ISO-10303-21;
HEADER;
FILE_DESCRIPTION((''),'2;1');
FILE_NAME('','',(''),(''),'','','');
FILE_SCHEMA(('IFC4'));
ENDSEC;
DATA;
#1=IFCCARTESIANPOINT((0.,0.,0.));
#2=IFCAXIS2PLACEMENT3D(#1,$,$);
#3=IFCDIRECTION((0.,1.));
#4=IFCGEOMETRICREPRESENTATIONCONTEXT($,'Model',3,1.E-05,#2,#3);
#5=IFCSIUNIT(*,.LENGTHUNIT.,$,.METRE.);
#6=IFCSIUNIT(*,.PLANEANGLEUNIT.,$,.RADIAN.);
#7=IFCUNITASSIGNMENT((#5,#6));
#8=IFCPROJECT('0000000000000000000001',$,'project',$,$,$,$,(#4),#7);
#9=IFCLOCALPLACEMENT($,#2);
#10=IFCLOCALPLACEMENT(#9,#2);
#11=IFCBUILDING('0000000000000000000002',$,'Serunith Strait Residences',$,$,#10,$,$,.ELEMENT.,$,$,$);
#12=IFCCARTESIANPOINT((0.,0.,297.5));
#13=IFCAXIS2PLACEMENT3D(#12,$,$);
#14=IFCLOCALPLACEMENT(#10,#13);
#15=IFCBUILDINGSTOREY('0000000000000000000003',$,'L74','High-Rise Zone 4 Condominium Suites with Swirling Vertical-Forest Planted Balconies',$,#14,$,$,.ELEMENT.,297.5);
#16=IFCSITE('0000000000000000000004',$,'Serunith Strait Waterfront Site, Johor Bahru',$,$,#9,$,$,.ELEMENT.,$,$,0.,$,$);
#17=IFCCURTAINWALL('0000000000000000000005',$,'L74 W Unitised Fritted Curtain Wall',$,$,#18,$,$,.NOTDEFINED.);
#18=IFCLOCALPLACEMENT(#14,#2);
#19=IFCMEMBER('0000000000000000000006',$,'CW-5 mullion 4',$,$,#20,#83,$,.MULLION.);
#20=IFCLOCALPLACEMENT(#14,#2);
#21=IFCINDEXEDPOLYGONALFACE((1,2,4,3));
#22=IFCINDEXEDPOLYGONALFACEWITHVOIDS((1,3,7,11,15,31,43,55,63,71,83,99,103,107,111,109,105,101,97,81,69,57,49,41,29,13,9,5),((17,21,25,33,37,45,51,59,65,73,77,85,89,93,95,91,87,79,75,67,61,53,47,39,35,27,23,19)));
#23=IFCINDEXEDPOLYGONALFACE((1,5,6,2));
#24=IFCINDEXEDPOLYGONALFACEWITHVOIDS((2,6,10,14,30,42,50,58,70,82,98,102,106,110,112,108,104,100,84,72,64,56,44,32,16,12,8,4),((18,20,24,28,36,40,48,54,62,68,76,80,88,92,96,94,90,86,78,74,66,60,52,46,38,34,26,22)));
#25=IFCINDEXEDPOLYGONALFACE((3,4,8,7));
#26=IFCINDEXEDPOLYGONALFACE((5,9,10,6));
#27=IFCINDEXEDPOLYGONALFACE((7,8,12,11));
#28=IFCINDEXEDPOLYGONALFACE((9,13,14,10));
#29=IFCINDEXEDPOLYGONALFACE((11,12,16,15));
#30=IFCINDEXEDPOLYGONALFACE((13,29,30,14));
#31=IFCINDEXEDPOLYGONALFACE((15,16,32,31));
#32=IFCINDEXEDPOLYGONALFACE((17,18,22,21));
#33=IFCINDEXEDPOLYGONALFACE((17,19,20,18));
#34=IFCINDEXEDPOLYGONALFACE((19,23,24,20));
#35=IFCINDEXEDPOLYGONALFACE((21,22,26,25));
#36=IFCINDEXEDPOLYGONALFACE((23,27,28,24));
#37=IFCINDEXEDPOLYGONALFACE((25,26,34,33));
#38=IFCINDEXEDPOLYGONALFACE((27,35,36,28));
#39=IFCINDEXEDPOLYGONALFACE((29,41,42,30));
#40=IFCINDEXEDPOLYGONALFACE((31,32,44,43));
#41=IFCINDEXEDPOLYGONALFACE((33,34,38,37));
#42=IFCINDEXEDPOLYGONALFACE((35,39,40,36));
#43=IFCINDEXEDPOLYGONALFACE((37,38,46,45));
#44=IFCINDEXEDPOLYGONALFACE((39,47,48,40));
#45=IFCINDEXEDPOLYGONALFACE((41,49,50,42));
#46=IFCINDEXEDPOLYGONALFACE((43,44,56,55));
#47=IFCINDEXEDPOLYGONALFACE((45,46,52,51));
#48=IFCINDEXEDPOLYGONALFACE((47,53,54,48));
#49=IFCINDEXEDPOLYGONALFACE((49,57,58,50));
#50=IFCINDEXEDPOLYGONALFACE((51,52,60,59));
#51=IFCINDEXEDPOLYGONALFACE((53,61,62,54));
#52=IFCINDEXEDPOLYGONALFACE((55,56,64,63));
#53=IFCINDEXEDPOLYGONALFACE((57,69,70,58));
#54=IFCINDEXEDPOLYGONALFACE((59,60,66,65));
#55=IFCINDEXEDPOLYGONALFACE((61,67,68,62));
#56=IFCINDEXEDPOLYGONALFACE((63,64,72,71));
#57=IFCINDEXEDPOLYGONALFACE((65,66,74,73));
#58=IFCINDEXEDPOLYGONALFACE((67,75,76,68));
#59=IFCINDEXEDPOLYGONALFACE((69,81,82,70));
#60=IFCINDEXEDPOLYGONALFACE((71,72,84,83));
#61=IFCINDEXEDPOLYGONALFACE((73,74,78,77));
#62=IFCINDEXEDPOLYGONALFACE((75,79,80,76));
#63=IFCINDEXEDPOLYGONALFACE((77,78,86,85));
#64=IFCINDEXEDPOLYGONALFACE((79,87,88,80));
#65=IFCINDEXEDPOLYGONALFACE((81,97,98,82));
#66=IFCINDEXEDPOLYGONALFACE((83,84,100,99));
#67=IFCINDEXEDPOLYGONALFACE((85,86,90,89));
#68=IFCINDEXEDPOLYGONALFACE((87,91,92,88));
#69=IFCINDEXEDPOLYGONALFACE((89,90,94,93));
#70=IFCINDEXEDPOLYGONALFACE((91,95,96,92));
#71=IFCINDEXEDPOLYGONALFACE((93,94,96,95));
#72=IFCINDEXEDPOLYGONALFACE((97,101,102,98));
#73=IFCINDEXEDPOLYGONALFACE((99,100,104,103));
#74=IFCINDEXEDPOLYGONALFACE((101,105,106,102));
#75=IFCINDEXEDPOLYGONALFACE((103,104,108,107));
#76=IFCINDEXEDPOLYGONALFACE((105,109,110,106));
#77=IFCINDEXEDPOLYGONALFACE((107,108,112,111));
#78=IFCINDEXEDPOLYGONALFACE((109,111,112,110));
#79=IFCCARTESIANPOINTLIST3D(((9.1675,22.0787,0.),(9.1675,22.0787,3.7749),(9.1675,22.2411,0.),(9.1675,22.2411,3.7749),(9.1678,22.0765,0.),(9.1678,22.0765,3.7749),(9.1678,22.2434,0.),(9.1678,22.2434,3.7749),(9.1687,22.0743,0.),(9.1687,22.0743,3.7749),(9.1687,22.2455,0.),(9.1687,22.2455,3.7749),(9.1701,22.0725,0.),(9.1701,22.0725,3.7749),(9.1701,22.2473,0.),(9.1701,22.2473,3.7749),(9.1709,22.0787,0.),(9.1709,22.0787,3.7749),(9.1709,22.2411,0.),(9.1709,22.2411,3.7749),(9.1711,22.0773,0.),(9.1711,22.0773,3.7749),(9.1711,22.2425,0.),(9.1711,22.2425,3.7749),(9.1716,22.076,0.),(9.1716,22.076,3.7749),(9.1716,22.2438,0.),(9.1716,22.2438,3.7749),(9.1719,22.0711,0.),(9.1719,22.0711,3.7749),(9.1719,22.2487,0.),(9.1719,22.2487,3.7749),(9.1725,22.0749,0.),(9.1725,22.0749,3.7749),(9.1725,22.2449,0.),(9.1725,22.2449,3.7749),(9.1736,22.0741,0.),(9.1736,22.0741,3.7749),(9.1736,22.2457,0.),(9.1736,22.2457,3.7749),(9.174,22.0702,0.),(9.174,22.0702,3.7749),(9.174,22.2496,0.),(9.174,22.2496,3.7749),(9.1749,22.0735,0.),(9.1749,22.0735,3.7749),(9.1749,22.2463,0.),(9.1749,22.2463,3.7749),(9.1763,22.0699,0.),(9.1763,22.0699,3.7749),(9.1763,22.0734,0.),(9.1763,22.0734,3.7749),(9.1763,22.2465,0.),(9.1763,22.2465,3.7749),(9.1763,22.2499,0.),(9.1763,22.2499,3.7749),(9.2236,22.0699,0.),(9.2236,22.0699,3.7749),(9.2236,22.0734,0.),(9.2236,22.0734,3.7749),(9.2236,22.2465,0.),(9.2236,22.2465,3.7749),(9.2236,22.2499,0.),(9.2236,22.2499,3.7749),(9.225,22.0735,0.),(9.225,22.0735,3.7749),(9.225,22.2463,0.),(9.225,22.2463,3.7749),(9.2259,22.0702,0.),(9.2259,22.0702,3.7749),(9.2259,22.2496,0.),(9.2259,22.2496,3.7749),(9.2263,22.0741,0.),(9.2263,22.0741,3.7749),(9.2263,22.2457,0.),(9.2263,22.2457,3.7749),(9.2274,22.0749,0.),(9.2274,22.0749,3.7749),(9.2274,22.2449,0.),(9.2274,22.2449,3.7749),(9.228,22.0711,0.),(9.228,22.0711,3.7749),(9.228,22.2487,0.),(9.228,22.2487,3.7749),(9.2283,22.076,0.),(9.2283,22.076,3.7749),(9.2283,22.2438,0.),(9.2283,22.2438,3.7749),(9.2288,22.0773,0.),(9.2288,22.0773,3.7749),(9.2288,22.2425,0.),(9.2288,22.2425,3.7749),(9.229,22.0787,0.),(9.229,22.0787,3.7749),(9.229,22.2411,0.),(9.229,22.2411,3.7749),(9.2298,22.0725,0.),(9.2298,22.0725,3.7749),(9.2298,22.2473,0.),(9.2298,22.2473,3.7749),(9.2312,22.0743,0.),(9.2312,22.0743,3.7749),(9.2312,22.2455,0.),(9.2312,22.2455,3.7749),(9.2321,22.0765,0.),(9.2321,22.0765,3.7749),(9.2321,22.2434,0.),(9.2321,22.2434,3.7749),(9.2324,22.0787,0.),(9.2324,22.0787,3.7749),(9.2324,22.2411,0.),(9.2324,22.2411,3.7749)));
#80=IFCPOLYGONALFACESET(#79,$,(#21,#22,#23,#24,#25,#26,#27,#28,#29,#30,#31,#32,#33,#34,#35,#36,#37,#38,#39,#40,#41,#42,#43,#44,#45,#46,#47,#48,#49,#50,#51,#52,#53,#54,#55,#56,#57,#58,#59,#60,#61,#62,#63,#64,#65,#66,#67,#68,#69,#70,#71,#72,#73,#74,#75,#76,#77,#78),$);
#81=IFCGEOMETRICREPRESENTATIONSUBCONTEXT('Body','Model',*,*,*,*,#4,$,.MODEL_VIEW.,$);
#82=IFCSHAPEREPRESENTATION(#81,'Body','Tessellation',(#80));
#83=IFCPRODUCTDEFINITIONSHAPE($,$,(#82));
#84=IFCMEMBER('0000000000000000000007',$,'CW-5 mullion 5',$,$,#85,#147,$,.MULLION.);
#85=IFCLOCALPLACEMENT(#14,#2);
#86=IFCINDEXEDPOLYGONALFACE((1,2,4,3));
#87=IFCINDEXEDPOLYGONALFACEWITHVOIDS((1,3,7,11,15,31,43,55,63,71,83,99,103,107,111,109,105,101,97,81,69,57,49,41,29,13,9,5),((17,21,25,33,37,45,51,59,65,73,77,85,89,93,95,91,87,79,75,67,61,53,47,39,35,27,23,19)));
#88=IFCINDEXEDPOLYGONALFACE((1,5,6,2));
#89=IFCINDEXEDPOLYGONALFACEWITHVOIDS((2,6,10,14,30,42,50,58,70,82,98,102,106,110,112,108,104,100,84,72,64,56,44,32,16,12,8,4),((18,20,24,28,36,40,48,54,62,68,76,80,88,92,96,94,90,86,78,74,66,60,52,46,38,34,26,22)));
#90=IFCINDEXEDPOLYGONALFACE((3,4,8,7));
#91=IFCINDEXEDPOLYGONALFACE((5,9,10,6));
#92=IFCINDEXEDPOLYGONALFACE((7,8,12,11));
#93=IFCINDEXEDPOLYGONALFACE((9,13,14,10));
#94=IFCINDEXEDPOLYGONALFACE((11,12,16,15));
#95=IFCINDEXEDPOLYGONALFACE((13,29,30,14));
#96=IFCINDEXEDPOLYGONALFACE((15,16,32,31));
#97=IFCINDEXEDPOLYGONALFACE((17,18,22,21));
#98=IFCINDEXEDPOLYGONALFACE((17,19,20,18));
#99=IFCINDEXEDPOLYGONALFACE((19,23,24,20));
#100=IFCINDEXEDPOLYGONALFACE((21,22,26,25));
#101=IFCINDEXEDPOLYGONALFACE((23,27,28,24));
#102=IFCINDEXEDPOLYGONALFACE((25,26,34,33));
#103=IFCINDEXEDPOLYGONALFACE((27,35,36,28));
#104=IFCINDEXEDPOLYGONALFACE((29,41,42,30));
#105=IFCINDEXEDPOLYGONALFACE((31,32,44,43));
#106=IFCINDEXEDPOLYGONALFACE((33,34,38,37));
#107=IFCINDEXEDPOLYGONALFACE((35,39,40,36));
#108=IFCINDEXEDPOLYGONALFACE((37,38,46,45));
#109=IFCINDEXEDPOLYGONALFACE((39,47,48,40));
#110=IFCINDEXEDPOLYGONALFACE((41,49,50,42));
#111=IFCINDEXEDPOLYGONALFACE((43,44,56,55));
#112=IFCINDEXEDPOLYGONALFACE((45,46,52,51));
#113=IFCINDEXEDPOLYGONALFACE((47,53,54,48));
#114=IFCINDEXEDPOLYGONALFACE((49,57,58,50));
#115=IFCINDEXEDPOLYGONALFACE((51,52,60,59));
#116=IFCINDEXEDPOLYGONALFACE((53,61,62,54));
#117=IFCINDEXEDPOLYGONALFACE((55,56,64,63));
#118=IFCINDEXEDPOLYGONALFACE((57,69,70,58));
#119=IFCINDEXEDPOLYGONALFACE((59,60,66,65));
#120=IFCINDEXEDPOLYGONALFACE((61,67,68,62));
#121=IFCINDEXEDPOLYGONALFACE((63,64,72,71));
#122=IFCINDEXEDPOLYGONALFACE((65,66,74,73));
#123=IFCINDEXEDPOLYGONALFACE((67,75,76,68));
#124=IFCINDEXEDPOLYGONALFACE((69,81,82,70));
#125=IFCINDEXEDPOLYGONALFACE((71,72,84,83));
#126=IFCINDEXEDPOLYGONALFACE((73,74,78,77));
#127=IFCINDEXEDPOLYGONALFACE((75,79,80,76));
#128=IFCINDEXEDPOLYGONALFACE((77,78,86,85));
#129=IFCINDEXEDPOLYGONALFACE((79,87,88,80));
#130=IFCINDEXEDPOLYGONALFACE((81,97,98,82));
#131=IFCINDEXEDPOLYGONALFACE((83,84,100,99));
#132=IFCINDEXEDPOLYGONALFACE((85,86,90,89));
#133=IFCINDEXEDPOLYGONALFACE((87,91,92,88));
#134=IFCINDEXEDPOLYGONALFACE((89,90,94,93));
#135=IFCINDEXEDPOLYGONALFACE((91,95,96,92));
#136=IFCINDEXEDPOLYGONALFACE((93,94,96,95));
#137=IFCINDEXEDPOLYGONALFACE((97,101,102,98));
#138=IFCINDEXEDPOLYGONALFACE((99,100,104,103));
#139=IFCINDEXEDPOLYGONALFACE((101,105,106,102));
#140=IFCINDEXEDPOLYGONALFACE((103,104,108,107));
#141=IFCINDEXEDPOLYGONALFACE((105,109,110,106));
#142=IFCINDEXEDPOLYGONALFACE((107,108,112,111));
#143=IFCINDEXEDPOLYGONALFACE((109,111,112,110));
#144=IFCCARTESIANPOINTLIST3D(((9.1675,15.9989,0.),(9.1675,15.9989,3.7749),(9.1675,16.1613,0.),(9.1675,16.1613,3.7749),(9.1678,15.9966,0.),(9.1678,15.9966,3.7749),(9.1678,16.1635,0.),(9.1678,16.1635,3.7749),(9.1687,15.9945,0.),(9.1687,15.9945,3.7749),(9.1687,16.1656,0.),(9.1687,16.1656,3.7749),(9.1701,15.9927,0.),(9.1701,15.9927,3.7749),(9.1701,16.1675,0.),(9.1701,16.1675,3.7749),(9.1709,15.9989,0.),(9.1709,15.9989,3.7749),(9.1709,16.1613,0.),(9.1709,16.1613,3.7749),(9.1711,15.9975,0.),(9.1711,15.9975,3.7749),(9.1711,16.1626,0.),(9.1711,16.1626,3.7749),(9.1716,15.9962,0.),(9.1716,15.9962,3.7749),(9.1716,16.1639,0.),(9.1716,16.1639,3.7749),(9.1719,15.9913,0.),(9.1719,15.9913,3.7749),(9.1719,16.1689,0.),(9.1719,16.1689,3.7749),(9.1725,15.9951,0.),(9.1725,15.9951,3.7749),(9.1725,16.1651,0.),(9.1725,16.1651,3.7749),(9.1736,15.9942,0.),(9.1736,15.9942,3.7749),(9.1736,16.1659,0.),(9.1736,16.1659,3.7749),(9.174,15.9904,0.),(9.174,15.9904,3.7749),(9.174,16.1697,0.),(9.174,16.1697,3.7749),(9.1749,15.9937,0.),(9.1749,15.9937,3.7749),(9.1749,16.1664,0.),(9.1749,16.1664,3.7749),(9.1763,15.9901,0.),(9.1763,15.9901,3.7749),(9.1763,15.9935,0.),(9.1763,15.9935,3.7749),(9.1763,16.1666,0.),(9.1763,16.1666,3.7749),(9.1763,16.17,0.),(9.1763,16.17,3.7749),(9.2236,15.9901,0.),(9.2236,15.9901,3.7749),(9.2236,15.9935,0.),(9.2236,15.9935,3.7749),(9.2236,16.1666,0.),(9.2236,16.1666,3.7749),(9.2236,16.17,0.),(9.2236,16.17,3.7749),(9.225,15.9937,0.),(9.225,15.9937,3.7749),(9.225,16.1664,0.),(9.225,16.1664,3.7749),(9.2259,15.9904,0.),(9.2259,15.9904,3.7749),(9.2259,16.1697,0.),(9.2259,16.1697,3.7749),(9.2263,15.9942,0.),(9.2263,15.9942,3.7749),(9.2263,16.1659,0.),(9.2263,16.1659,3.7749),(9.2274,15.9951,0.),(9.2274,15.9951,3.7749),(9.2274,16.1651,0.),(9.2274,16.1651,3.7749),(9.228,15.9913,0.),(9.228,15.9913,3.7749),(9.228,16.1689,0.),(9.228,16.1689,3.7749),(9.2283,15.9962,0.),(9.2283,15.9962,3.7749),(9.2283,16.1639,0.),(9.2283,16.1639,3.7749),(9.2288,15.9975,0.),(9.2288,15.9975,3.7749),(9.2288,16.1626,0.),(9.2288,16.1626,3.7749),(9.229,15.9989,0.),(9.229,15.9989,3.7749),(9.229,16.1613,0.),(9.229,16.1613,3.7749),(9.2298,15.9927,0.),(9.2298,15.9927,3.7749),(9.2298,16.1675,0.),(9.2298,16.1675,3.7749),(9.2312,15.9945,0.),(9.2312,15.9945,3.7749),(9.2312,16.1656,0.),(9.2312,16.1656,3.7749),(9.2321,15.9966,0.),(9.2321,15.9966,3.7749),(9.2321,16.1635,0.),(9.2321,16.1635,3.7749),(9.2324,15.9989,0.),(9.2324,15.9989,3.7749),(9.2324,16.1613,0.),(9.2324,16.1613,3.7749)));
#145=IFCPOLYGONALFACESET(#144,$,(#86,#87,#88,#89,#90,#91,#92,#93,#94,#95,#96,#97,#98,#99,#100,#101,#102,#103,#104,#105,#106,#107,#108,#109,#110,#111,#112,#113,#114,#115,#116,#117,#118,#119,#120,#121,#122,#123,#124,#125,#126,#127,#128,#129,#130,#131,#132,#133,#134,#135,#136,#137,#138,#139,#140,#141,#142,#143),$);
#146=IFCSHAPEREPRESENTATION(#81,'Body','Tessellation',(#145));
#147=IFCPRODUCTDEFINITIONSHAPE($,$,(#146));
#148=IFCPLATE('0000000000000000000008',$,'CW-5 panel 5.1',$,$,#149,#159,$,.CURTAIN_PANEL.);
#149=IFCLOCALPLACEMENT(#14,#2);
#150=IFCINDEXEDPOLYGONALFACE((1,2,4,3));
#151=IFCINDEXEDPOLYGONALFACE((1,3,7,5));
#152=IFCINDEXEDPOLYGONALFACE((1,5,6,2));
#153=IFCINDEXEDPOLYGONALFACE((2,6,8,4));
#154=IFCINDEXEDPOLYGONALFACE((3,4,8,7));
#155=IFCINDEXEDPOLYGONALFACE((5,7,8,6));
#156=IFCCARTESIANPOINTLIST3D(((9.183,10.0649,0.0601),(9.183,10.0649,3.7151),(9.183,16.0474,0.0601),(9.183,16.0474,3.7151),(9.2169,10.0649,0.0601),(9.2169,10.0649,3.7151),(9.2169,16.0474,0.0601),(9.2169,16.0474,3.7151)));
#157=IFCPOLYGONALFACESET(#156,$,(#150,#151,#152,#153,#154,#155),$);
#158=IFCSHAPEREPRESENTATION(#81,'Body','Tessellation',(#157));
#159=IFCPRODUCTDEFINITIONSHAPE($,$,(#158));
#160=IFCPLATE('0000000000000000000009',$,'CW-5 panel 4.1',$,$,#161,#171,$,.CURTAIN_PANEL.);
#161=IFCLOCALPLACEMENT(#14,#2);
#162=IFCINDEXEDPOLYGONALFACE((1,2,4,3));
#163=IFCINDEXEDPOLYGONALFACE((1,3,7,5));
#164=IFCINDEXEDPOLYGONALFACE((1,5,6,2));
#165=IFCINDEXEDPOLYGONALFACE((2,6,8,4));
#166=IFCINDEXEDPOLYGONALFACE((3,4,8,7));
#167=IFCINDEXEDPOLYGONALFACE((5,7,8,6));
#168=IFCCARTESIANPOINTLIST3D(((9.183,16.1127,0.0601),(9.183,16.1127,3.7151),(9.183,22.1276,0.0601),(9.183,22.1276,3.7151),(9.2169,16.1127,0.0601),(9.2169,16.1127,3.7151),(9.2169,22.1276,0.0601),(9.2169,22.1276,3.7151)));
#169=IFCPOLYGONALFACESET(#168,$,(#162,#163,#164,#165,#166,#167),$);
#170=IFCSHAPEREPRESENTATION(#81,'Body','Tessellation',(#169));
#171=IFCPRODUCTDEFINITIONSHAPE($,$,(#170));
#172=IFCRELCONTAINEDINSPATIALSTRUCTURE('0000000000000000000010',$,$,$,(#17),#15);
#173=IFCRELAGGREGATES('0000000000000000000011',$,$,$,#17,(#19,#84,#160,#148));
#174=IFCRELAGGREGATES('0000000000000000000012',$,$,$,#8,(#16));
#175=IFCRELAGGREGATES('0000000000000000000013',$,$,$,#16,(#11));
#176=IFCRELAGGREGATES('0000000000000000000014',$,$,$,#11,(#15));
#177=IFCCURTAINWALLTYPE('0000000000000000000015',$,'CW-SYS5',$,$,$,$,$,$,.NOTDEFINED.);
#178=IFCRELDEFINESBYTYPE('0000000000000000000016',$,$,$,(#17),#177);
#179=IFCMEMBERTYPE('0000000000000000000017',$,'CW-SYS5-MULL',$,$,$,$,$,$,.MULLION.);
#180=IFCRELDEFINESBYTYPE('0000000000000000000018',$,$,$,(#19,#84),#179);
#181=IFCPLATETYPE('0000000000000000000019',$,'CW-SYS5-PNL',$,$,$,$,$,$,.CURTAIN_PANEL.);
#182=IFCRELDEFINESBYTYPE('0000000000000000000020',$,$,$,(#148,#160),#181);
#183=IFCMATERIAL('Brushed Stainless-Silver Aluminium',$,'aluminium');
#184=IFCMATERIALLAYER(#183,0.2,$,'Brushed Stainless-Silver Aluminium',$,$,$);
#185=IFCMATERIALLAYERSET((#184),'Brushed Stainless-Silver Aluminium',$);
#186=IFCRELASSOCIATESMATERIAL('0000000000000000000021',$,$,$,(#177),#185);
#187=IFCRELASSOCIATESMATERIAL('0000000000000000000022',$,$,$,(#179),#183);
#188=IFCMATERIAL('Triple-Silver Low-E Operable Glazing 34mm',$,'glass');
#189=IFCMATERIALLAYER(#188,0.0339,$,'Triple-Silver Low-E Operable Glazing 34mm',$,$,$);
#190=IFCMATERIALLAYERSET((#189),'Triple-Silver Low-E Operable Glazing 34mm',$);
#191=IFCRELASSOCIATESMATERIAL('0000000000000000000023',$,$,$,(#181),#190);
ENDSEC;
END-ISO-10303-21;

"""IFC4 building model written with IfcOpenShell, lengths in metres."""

from ifc_helpers import new_model, si_unit, direction, frame, origin, origin_2d, place, context, subcontext, project, spatial, rectangle, hollow_rectangle, extrude, source, transform, mapped, material, layer, layer_set, material_profile, profile_set, type_object, element, aggregate, save


model = new_model("IFC4")

# Units and contexts
model_context = context("Model", 3, precision=1e-05, world=origin(), true_north=direction((0.0, 1.0)))
body_context = subcontext(model_context, "Body", "Model", "MODEL_VIEW")
ifc_project = project(units=[si_unit("LENGTHUNIT", "METRE"), si_unit("PLANEANGLEUNIT", "RADIAN")], contexts=[model_context])

# Site, building, storey
site_placement = place(None, origin())
site = spatial("IfcSite", under=ifc_project, at=site_placement, Name="Serunith Strait Waterfront Site, Johor Bahru", CompositionType="ELEMENT", RefElevation=0.0)
building_placement = place(site_placement, origin())
building = spatial("IfcBuilding", under=site, at=building_placement, Name="Serunith Strait Residences", CompositionType="ELEMENT")
storey_placement = place(building_placement, frame((0.0, 0.0, 297.5)))
storey = spatial("IfcBuildingStorey", under=building, at=storey_placement, Name="L74", Description="High-Rise Zone 4 Condominium Suites with Swirling Vertical-Forest Planted Balconies", CompositionType="ELEMENT", Elevation=297.5)

# Curtain wall, members, plates
ifc_material_1 = material(Name="Brushed Stainless-Silver Aluminium", Category="aluminium")
ifc_layer_1 = layer(ifc_material_1, 0.2, Name="Brushed Stainless-Silver Aluminium")
ifc_layer_set_1 = layer_set([ifc_layer_1], Name="Brushed Stainless-Silver Aluminium")
curtain_wall_type = type_object("IfcCurtainWallType", Name="CW-SYS5", PredefinedType="NOTDEFINED", material=ifc_layer_set_1)
curtain_wall_placement = place(storey_placement, origin())
curtain_wall = element("IfcCurtainWall", 1, at=curtain_wall_placement, inside=storey, type_object=curtain_wall_type, Name="L74 W Unitised Fritted Curtain Wall", PredefinedType="NOTDEFINED")
ifc_material_profile_1 = material_profile(ifc_material_1, hollow_rectangle(XDim=0.0649, YDim=0.1799, WallThickness=0.0034, InnerFilletRadius=0.0054, OuterFilletRadius=0.0088, at=origin_2d()), Name="ALU 180x65x3.5")
ifc_profile_set_1 = profile_set([ifc_material_profile_1], Name="Brushed Stainless-Silver Aluminium")
member_type_1 = type_object("IfcMemberType", Name="CW-SYS5-MULL", PredefinedType="MULLION", material=ifc_profile_set_1)
shared_shape_1 = source(origin(), body_context, "Body", "SweptSolid", [
    extrude(hollow_rectangle(XDim=0.0649, YDim=0.1799, WallThickness=0.0034, InnerFilletRadius=0.0054, OuterFilletRadius=0.0088, at=origin_2d()), origin(), (0.0, 0.0, 1.0), 3.7749),
])
member_1_placement = place(storey_placement, frame((9.2, 22.1599, 0.0), z_axis=(0.0, 0.0, 1.0), x_axis=(1.0, 0.0, 0.0)))
member_1 = element("IfcMember", 2, at=member_1_placement, type_object=member_type_1, Name="CW-5 mullion 4", PredefinedType="MULLION", context=body_context, shape_type="MappedRepresentation", body=[
    mapped(shared_shape_1, transform((0.0, 0.0, 0.0), scale=1.0)),
])
member_2_placement = place(storey_placement, frame((9.2, 16.0801, 0.0), z_axis=(0.0, 0.0, 1.0), x_axis=(1.0, 0.0, 0.0)))
member_2 = element("IfcMember", 3, at=member_2_placement, type_object=member_type_1, Name="CW-5 mullion 5", PredefinedType="MULLION", context=body_context, shape_type="MappedRepresentation", body=[
    mapped(shared_shape_1, transform((0.0, 0.0, 0.0), scale=1.0)),
])
ifc_material_2 = material(Name="Triple-Silver Low-E Operable Glazing 34mm", Category="glass")
ifc_layer_2 = layer(ifc_material_2, 0.0339, Name="Triple-Silver Low-E Operable Glazing 34mm")
ifc_layer_set_2 = layer_set([ifc_layer_2], Name="Triple-Silver Low-E Operable Glazing 34mm")
plate_type = type_object("IfcPlateType", Name="CW-SYS5-PNL", PredefinedType="CURTAIN_PANEL", material=ifc_layer_set_2)
shared_shape_2 = source(origin(), body_context, "Body", "SweptSolid", [
    extrude(rectangle(XDim=5.9824, YDim=0.0339, at=origin_2d()), origin(), (0.0, 0.0, 1.0), 3.655),
])
plate_1_placement = place(storey_placement, frame((9.2, 13.0562, 0.0601), z_axis=(0.0, 0.0, 1.0), x_axis=(0.0, -1.0, 0.0)))
plate_1 = element("IfcPlate", 4, at=plate_1_placement, type_object=plate_type, Name="CW-5 panel 5.1", PredefinedType="CURTAIN_PANEL", context=body_context, shape_type="MappedRepresentation", body=[
    mapped(shared_shape_2, transform((0.0, 0.0, 0.0), scale=1.0)),
])
shared_shape_3 = source(origin(), body_context, "Body", "SweptSolid", [
    extrude(rectangle(XDim=6.0149, YDim=0.0339, at=origin_2d()), origin(), (0.0, 0.0, 1.0), 3.655),
])
plate_2_placement = place(storey_placement, frame((9.2, 19.1201, 0.0601), z_axis=(0.0, 0.0, 1.0), x_axis=(0.0, -1.0, 0.0)))
plate_2 = element("IfcPlate", 5, at=plate_2_placement, type_object=plate_type, Name="CW-5 panel 4.1", PredefinedType="CURTAIN_PANEL", context=body_context, shape_type="MappedRepresentation", body=[
    mapped(shared_shape_3, transform((0.0, 0.0, 0.0), scale=1.0)),
])
aggregate(curtain_wall, [member_1, member_2, plate_2, plate_1])

save(model, "model.ifc")
